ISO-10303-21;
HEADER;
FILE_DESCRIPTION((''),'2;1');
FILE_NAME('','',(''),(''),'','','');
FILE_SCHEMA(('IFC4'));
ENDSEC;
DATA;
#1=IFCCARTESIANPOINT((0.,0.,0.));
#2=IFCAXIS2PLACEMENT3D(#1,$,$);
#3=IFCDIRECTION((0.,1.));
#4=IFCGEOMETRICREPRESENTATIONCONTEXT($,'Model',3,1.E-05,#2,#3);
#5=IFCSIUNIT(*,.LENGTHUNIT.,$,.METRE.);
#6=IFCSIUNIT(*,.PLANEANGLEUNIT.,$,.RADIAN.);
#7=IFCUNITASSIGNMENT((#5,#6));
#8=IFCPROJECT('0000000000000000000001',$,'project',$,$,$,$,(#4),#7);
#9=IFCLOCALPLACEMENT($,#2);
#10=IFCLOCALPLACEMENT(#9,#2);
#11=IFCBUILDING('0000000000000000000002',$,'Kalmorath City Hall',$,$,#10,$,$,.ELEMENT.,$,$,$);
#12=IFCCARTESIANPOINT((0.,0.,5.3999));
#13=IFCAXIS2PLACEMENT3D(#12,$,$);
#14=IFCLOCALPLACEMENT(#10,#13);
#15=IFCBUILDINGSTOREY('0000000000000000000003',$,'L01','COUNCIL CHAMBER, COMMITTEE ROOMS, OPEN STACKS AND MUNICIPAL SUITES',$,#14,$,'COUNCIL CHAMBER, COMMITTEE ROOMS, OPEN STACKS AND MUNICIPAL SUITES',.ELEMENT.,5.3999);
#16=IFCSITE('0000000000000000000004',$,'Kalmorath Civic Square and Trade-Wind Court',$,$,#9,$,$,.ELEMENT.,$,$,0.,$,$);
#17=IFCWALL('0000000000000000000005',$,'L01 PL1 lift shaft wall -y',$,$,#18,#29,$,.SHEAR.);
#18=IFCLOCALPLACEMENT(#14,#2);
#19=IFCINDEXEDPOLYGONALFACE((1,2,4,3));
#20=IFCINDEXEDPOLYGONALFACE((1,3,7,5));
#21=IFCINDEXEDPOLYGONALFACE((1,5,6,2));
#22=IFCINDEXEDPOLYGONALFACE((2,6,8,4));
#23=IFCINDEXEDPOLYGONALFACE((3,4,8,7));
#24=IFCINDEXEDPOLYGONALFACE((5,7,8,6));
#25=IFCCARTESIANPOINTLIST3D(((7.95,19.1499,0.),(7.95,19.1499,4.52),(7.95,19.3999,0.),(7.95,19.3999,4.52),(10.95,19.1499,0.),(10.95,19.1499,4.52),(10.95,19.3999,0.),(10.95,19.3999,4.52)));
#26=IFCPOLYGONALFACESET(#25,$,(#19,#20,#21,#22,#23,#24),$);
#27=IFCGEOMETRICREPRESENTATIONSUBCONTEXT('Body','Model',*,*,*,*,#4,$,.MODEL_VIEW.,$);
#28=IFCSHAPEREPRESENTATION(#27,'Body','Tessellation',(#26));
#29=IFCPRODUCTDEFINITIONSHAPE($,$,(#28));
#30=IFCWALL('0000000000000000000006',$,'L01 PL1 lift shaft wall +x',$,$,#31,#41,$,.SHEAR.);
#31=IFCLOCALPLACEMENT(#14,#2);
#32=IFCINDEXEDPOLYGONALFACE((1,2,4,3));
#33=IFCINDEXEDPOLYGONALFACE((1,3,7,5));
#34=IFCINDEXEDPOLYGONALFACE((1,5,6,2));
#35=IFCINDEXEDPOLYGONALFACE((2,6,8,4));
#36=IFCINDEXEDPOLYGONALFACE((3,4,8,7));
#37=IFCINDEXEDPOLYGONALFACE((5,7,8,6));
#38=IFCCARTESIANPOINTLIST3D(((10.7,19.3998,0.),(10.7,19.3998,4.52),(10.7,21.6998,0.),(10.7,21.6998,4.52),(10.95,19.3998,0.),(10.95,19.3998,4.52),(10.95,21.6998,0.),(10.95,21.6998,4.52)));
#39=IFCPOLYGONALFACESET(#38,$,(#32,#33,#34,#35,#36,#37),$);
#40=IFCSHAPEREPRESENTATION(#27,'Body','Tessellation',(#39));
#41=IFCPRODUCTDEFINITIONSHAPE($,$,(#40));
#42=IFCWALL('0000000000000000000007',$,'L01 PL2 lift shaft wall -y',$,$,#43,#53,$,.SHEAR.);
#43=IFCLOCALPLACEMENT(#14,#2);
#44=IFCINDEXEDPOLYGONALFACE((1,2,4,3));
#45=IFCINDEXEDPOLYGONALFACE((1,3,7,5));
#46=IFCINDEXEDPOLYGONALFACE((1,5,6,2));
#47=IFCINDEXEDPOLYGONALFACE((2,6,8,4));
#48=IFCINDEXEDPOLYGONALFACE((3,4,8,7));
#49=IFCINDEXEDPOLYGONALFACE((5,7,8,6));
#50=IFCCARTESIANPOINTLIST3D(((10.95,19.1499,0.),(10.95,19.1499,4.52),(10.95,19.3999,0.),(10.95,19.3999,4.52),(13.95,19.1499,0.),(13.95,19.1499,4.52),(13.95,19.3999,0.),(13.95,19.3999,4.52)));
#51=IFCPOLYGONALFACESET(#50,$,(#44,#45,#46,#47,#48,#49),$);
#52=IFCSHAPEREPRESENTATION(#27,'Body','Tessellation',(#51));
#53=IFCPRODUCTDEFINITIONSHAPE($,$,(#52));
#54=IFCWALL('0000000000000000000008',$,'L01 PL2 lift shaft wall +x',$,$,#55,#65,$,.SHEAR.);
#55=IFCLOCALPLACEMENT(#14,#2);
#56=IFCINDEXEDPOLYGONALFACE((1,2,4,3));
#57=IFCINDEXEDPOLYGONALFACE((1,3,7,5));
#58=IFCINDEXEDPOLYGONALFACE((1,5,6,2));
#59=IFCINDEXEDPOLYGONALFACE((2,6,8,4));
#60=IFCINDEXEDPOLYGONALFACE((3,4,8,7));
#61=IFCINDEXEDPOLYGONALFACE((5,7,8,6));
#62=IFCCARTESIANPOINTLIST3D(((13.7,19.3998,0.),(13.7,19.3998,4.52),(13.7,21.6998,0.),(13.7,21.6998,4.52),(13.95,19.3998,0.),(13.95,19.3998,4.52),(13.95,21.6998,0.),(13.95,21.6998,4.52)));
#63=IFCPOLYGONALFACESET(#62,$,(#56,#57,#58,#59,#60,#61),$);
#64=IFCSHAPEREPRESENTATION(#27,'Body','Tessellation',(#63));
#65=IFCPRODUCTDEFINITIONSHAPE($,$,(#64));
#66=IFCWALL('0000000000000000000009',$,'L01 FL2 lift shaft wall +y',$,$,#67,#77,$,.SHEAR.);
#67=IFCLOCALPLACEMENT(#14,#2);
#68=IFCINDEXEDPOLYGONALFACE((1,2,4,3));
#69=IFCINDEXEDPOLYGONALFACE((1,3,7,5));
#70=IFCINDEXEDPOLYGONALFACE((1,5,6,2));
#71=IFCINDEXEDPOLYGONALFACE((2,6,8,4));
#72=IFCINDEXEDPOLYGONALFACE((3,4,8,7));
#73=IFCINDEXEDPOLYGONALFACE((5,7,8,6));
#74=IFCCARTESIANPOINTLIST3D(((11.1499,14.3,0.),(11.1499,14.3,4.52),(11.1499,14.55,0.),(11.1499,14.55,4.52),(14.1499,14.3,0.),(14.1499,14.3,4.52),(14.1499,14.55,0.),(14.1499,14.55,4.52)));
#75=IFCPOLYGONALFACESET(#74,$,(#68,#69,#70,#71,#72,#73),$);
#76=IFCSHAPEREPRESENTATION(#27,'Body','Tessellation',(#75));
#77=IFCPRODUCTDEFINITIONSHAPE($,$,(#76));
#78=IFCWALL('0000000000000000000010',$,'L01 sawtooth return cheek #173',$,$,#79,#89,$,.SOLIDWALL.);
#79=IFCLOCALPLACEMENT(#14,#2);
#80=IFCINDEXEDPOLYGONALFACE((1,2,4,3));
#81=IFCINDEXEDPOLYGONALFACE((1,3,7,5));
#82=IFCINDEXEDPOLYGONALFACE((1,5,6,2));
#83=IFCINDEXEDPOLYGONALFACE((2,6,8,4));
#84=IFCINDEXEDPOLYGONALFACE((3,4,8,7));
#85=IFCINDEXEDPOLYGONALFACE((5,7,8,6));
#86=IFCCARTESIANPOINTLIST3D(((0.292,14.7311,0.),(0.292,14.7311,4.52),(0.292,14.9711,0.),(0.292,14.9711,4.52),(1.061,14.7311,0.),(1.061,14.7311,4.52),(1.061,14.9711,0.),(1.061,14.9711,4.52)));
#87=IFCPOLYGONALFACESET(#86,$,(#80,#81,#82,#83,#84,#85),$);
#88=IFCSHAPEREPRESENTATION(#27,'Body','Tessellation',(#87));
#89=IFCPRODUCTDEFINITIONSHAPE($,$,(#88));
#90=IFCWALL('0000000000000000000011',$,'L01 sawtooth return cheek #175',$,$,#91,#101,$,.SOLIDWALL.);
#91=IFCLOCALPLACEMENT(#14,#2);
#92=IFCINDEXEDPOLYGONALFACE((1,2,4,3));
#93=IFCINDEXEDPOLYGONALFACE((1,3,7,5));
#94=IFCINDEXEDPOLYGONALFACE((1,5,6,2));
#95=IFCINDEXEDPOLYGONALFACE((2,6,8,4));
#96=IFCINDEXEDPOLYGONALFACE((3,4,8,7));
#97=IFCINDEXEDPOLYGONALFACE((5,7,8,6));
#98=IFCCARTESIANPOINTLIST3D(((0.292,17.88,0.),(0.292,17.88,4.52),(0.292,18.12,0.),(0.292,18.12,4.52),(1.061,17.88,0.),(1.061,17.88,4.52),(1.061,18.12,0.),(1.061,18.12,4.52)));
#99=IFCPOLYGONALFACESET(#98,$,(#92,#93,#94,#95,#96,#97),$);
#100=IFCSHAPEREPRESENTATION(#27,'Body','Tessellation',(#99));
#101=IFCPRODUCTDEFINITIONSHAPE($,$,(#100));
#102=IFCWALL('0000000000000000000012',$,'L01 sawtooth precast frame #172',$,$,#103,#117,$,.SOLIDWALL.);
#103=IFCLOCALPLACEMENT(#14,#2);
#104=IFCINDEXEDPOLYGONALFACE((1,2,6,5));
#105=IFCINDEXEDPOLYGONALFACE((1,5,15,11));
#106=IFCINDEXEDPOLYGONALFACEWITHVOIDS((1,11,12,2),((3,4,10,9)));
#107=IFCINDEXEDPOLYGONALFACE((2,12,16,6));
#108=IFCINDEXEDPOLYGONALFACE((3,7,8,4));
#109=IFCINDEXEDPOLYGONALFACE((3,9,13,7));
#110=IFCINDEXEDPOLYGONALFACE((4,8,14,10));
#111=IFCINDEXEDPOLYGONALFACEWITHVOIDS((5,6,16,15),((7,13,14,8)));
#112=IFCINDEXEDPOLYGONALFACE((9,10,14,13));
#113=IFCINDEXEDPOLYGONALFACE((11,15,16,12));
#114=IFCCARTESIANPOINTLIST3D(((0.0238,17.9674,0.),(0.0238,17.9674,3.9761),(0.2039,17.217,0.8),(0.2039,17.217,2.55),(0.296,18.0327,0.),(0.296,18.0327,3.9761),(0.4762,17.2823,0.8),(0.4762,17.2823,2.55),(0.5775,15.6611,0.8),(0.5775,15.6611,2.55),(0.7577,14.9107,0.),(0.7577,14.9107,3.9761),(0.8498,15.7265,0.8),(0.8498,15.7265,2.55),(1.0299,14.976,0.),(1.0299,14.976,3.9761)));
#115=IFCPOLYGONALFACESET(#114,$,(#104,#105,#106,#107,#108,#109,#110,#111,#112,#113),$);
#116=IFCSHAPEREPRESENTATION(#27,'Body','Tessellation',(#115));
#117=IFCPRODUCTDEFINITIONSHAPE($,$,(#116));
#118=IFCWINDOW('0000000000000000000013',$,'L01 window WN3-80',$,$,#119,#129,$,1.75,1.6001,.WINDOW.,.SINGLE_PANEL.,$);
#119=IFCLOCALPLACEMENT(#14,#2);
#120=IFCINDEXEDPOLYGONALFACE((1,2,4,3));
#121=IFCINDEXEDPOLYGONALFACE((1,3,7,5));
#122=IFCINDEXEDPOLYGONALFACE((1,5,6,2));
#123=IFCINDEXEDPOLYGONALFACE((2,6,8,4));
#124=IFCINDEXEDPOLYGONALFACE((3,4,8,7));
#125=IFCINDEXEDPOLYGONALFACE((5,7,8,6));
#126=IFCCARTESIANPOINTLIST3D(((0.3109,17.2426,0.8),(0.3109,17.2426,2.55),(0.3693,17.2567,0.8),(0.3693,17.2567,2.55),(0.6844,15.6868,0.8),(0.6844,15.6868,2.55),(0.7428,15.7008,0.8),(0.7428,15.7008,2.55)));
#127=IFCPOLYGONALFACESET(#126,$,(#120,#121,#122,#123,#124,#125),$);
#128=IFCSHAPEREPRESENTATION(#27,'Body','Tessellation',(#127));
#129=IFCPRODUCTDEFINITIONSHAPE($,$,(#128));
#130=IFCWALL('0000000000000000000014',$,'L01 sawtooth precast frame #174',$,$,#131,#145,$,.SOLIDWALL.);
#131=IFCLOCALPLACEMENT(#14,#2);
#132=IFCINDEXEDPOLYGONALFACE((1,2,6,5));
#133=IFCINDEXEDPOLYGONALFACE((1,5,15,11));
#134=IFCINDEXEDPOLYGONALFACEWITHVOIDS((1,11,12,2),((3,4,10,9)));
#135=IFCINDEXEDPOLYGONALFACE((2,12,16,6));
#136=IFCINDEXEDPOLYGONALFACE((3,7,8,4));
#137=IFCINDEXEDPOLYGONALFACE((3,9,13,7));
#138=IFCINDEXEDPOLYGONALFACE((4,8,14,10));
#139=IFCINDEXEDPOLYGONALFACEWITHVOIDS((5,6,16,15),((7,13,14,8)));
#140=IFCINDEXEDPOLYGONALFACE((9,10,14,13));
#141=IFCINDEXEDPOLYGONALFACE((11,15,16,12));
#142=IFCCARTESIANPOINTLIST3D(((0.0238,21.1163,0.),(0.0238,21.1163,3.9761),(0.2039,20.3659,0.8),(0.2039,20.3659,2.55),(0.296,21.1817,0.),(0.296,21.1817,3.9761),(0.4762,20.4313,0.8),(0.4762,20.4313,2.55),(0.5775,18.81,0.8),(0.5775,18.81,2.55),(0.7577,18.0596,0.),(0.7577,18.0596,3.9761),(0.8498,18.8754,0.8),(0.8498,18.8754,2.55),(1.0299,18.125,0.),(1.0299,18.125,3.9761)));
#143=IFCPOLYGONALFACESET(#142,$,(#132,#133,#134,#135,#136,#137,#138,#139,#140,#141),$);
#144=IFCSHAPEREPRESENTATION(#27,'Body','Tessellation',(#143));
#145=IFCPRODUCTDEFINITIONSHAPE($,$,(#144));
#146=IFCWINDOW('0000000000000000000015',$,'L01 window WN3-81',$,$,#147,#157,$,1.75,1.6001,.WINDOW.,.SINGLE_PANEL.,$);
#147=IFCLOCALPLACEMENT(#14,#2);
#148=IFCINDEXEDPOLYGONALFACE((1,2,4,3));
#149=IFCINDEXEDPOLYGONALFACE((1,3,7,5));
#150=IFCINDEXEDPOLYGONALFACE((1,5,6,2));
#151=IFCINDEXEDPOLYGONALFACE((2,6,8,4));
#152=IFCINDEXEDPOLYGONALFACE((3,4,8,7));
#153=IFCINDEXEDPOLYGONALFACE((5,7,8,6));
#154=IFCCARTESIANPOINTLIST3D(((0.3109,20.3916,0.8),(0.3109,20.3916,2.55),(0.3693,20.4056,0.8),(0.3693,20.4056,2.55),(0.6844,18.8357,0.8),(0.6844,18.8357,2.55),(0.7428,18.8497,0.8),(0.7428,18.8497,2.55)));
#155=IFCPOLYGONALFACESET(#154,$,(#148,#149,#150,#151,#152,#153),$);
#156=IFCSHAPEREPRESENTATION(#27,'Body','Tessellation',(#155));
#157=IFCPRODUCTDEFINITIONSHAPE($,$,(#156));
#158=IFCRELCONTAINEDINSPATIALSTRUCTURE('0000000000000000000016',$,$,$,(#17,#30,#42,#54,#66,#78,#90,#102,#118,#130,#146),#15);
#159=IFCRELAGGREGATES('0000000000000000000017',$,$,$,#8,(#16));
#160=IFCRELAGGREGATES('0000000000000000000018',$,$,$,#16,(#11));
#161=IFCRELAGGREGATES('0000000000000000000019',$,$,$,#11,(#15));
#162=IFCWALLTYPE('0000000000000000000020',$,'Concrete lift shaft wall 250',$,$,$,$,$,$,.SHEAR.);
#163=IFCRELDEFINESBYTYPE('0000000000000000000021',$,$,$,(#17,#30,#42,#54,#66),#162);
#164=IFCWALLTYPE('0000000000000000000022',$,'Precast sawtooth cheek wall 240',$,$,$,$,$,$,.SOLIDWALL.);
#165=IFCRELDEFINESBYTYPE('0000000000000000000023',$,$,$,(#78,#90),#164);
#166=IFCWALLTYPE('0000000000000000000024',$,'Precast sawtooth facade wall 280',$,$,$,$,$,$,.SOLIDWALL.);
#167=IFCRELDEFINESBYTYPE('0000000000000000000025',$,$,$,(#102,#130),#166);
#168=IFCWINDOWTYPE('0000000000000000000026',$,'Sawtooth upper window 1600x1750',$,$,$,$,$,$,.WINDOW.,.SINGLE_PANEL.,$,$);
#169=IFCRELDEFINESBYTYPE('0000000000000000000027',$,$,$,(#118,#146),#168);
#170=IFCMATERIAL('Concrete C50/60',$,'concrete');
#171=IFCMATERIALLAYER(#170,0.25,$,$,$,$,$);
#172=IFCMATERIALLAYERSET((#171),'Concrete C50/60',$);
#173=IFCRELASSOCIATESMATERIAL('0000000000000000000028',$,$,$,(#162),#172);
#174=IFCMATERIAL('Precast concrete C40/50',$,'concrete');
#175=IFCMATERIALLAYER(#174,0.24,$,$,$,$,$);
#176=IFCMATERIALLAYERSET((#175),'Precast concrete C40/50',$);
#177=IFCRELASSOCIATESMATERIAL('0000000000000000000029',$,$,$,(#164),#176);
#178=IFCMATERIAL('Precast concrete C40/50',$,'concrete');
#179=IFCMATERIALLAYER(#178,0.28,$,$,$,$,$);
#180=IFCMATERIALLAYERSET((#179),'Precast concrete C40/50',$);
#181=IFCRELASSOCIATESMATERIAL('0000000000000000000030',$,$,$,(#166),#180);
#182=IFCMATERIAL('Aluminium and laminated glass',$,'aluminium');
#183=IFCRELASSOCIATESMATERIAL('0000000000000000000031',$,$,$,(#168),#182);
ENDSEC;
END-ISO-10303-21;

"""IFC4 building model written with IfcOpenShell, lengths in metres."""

from ifc_helpers import new_model, si_unit, direction, frame, frame_2d, origin, place, context, subcontext, project, spatial, rectangle, extrude, material, layer, layer_set, type_object, element, fill, save


model = new_model("IFC4")

# Units and contexts
model_context = context("Model", 3, precision=1e-05, world=origin(), true_north=direction((0.0, 1.0)))
body_context = subcontext(model_context, "Body", "Model", "MODEL_VIEW")
ifc_project = project(units=[si_unit("LENGTHUNIT", "METRE"), si_unit("PLANEANGLEUNIT", "RADIAN")], contexts=[model_context])

# Site, building, storey
site_placement = place(None, origin())
site = spatial("IfcSite", under=ifc_project, at=site_placement, Name="Kalmorath Civic Square and Trade-Wind Court", CompositionType="ELEMENT", RefElevation=0.0)
building_placement = place(site_placement, origin())
building = spatial("IfcBuilding", under=site, at=building_placement, Name="Kalmorath City Hall", CompositionType="ELEMENT")
storey_placement = place(building_placement, frame((0.0, 0.0, 5.3999)))
storey = spatial("IfcBuildingStorey", under=building, at=storey_placement, Name="L01", Description="COUNCIL CHAMBER, COMMITTEE ROOMS, OPEN STACKS AND MUNICIPAL SUITES", LongName="COUNCIL CHAMBER, COMMITTEE ROOMS, OPEN STACKS AND MUNICIPAL SUITES", CompositionType="ELEMENT", Elevation=5.3999)

# Shared definitions
ifc_material_1 = material(Name="Concrete C50/60", Category="concrete")
ifc_layer_1 = layer(ifc_material_1, 0.25)
ifc_layer_set_1 = layer_set([ifc_layer_1], Name="Concrete C50/60")
wall_type_1 = type_object("IfcWallType", Name="Concrete lift shaft wall 250", PredefinedType="SHEAR", material=ifc_layer_set_1)

# Walls
wall_1_placement = place(storey_placement, frame((7.95, 19.2749, 0.0), z_axis=(0.0, 0.0, 1.0), x_axis=(1.0, 0.0, 0.0)))
element("IfcWall", 1, at=wall_1_placement, inside=storey, type_object=wall_type_1, Name="L01 PL1 lift shaft wall -y", PredefinedType="SHEAR", context=body_context, shape_type="SweptSolid", body=[
    extrude(rectangle(XDim=3.0, YDim=0.25, at=frame_2d((1.5, 0.0))), origin(), (0.0, 0.0, 1.0), 4.52),
])
wall_2_placement = place(storey_placement, frame((10.825, 19.3999, 0.0), z_axis=(0.0, 0.0, 1.0), x_axis=(0.0, 1.0, 0.0)))
element("IfcWall", 2, at=wall_2_placement, inside=storey, type_object=wall_type_1, Name="L01 PL1 lift shaft wall +x", PredefinedType="SHEAR", context=body_context, shape_type="SweptSolid", body=[
    extrude(rectangle(XDim=2.3, YDim=0.25, at=frame_2d((1.1499, 0.0))), origin(), (0.0, 0.0, 1.0), 4.52),
])
wall_3_placement = place(storey_placement, frame((10.95, 19.2749, 0.0), z_axis=(0.0, 0.0, 1.0), x_axis=(1.0, 0.0, 0.0)))
element("IfcWall", 3, at=wall_3_placement, inside=storey, type_object=wall_type_1, Name="L01 PL2 lift shaft wall -y", PredefinedType="SHEAR", context=body_context, shape_type="SweptSolid", body=[
    extrude(rectangle(XDim=3.0, YDim=0.25, at=frame_2d((1.5, 0.0))), origin(), (0.0, 0.0, 1.0), 4.52),
])
wall_4_placement = place(storey_placement, frame((13.825, 19.3999, 0.0), z_axis=(0.0, 0.0, 1.0), x_axis=(0.0, 1.0, 0.0)))
element("IfcWall", 4, at=wall_4_placement, inside=storey, type_object=wall_type_1, Name="L01 PL2 lift shaft wall +x", PredefinedType="SHEAR", context=body_context, shape_type="SweptSolid", body=[
    extrude(rectangle(XDim=2.3, YDim=0.25, at=frame_2d((1.1499, 0.0))), origin(), (0.0, 0.0, 1.0), 4.52),
])
wall_5_placement = place(storey_placement, frame((14.1499, 14.425, 0.0), z_axis=(0.0, 0.0, 1.0), x_axis=(-1.0, 0.0, 0.0)))
element("IfcWall", 5, at=wall_5_placement, inside=storey, type_object=wall_type_1, Name="L01 FL2 lift shaft wall +y", PredefinedType="SHEAR", context=body_context, shape_type="SweptSolid", body=[
    extrude(rectangle(XDim=3.0, YDim=0.25, at=frame_2d((1.5, 0.0))), origin(), (0.0, 0.0, 1.0), 4.52),
])
ifc_material_2 = material(Name="Precast concrete C40/50", Category="concrete")
ifc_layer_2 = layer(ifc_material_2, 0.24)
ifc_layer_set_2 = layer_set([ifc_layer_2], Name="Precast concrete C40/50")
wall_type_2 = type_object("IfcWallType", Name="Precast sawtooth cheek wall 240", PredefinedType="SOLIDWALL", material=ifc_layer_set_2)
for number, where, z_axis, x_axis, name in (
    (6, (1.061, 14.8511, 0.0), (0.0, 0.0, 1.0), (-1.0, 0.0, 0.0), "L01 sawtooth return cheek #173"),
    (7, (1.061, 18.0, 0.0), (0.0, 0.0, 1.0), (-1.0, 0.0, 0.0), "L01 sawtooth return cheek #175"),
):
    element("IfcWall", number, at=place(storey_placement, frame(where, z_axis=z_axis, x_axis=x_axis)), inside=storey, type_object=wall_type_2, Name=name, PredefinedType="SOLIDWALL", context=body_context, shape_type="SweptSolid", body=[
        extrude(rectangle(XDim=0.769, YDim=0.24, at=frame_2d((0.3845, 0.0))), origin(), (0.0, 0.0, 1.0), 4.52),
    ])

# Walls, openings, windows
ifc_material_3 = material(Name="Precast concrete C40/50", Category="concrete")
ifc_layer_3 = layer(ifc_material_3, 0.28)
ifc_layer_set_3 = layer_set([ifc_layer_3], Name="Precast concrete C40/50")
wall_type_3 = type_object("IfcWallType", Name="Precast sawtooth facade wall 280", PredefinedType="SOLIDWALL", material=ifc_layer_set_3)
wall_6_placement = place(storey_placement, frame((0.8938, 14.9434, 0.0), z_axis=(0.0, 0.0, 1.0), x_axis=(-0.233461, 0.972366, 0.0)))
wall_6 = element("IfcWall", 8, at=wall_6_placement, inside=storey, type_object=wall_type_3, Name="L01 sawtooth precast frame #172", PredefinedType="SOLIDWALL", context=body_context, shape_type="SweptSolid", body=[
    extrude(rectangle(XDim=3.1436, YDim=0.28, at=frame_2d((1.5718, 0.0))), origin(), (0.0, 0.0, 1.0), 3.9761),
])
opening_1_placement = place(wall_6_placement, frame((0.7717, 0.0, 0.8)))
opening_1 = element("IfcOpeningElement", 9, at=opening_1_placement, cuts=wall_6, PredefinedType="OPENING", context=body_context, shape_type="SweptSolid", body=[
    extrude(rectangle(XDim=1.6001, YDim=1.75, at=frame_2d((0.8, 0.875))), frame((0.0, 0.1499, 0.0), z_axis=(0.0, -1.0, 0.0), x_axis=(1.0, 0.0, 0.0)), (0.0, 0.0, 1.0), 0.3),
])
ifc_material_4 = material(Name="Aluminium and laminated glass", Category="aluminium")
window_type = type_object("IfcWindowType", Name="Sawtooth upper window 1600x1750", PartitioningType="SINGLE_PANEL", PredefinedType="WINDOW", material=ifc_material_4)
window_1_placement = place(opening_1_placement, origin())
window_1 = element("IfcWindow", 10, at=window_1_placement, inside=storey, type_object=window_type, Name="L01 window WN3-80", OverallHeight=1.75, OverallWidth=1.6001, PartitioningType="SINGLE_PANEL", PredefinedType="WINDOW", context=body_context, shape_type="SweptSolid", body=[
    extrude(rectangle(XDim=1.6001, YDim=1.75, at=frame_2d((0.8, 0.875))), frame((0.0, 0.03, 0.0), z_axis=(0.0, -1.0, 0.0), x_axis=(1.0, 0.0, 0.0)), (0.0, 0.0, 1.0), 0.0601),
])
fill(opening_1, window_1)
wall_7_placement = place(storey_placement, frame((0.8938, 18.0923, 0.0), z_axis=(0.0, 0.0, 1.0), x_axis=(-0.233461, 0.972366, 0.0)))
wall_7 = element("IfcWall", 11, at=wall_7_placement, inside=storey, type_object=wall_type_3, Name="L01 sawtooth precast frame #174", PredefinedType="SOLIDWALL", context=body_context, shape_type="SweptSolid", body=[
    extrude(rectangle(XDim=3.1436, YDim=0.28, at=frame_2d((1.5718, 0.0))), origin(), (0.0, 0.0, 1.0), 3.9761),
])
opening_2_placement = place(wall_7_placement, frame((0.7717, 0.0, 0.8)))
opening_2 = element("IfcOpeningElement", 12, at=opening_2_placement, cuts=wall_7, PredefinedType="OPENING", context=body_context, shape_type="SweptSolid", body=[
    extrude(rectangle(XDim=1.6001, YDim=1.75, at=frame_2d((0.8, 0.875))), frame((0.0, 0.1499, 0.0), z_axis=(0.0, -1.0, 0.0), x_axis=(1.0, 0.0, 0.0)), (0.0, 0.0, 1.0), 0.3),
])
window_2_placement = place(opening_2_placement, origin())
window_2 = element("IfcWindow", 13, at=window_2_placement, inside=storey, type_object=window_type, Name="L01 window WN3-81", OverallHeight=1.75, OverallWidth=1.6001, PartitioningType="SINGLE_PANEL", PredefinedType="WINDOW", context=body_context, shape_type="SweptSolid", body=[
    extrude(rectangle(XDim=1.6001, YDim=1.75, at=frame_2d((0.8, 0.875))), frame((0.0, 0.03, 0.0), z_axis=(0.0, -1.0, 0.0), x_axis=(1.0, 0.0, 0.0)), (0.0, 0.0, 1.0), 0.0601),
])
fill(opening_2, window_2)

save(model, "model.ifc")
